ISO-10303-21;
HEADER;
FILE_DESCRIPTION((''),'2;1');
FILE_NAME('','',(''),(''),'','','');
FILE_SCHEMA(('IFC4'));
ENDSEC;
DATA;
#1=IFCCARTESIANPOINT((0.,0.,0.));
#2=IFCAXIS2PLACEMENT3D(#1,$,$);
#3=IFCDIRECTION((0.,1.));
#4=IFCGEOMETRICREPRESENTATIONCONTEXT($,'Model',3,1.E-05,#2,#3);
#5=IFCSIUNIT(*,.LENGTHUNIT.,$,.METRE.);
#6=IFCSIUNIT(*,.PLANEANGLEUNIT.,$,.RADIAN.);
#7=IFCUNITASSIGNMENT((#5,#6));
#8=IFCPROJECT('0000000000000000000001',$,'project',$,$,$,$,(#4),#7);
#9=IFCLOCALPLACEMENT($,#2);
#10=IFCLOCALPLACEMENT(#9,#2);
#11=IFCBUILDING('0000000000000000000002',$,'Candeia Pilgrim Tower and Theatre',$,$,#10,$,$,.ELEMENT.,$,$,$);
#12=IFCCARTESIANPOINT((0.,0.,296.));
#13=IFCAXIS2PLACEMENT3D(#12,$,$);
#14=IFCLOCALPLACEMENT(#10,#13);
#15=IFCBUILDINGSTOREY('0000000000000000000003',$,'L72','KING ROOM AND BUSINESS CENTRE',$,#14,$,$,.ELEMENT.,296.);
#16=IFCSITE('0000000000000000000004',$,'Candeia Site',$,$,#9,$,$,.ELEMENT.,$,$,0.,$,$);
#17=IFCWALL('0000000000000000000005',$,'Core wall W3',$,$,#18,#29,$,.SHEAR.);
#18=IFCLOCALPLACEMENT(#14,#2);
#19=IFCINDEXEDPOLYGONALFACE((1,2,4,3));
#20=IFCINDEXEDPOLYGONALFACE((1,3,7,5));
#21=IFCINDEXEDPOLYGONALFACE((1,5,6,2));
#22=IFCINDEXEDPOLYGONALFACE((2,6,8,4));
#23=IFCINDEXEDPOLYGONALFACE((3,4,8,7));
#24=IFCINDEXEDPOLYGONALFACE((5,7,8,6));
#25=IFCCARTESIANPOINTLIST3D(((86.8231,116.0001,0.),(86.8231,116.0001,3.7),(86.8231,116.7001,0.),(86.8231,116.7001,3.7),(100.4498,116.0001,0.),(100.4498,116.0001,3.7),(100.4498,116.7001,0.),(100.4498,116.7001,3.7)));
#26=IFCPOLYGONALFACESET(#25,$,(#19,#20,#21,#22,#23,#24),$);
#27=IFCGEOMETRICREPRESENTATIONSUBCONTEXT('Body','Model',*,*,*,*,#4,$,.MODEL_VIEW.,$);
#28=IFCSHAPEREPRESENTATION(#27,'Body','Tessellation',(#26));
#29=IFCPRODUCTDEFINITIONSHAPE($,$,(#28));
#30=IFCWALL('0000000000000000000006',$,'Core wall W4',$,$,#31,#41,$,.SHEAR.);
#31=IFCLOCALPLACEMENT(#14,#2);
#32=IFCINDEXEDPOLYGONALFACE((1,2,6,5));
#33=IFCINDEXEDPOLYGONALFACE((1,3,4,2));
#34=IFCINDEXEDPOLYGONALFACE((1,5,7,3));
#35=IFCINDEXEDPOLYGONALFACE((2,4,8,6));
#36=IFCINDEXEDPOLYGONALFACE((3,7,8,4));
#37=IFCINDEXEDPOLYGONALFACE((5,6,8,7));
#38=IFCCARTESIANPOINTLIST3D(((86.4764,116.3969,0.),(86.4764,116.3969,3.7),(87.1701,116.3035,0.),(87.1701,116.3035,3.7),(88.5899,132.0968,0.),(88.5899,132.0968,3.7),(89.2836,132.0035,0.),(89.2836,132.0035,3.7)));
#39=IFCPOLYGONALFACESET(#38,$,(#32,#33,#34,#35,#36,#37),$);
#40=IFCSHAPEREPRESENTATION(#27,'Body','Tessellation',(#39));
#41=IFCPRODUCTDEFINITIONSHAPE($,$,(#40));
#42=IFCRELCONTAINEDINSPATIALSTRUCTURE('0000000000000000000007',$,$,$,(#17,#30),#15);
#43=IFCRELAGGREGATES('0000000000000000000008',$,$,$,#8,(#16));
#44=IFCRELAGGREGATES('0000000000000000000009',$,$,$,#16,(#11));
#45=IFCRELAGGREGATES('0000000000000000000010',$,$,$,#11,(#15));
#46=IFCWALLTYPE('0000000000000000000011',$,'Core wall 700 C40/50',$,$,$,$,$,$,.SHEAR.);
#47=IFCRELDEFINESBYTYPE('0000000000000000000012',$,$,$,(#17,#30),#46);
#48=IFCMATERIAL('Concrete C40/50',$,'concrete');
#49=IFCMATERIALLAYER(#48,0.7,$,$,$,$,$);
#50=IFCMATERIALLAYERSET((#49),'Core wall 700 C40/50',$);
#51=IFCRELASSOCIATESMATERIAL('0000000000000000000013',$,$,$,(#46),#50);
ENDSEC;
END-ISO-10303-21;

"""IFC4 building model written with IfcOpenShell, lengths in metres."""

from ifc_helpers import new_model, si_unit, direction, frame, frame_2d, origin, place, context, subcontext, project, spatial, rectangle, extrude, material, layer, layer_set, type_object, element, save


model = new_model("IFC4")

# Units and contexts
model_context = context("Model", 3, precision=1e-05, world=origin(), true_north=direction((0.0, 1.0)))
body_context = subcontext(model_context, "Body", "Model", "MODEL_VIEW")
ifc_project = project(units=[si_unit("LENGTHUNIT", "METRE"), si_unit("PLANEANGLEUNIT", "RADIAN")], contexts=[model_context])

# Site, building, storey
site_placement = place(None, origin())
site = spatial("IfcSite", under=ifc_project, at=site_placement, Name="Candeia Site", CompositionType="ELEMENT", RefElevation=0.0)
building_placement = place(site_placement, origin())
building = spatial("IfcBuilding", under=site, at=building_placement, Name="Candeia Pilgrim Tower and Theatre", CompositionType="ELEMENT")
storey_placement = place(building_placement, frame((0.0, 0.0, 296.0)))
storey = spatial("IfcBuildingStorey", under=building, at=storey_placement, Name="L72", Description="KING ROOM AND BUSINESS CENTRE", CompositionType="ELEMENT", Elevation=296.0)

# Walls
ifc_material_1 = material(Name="Concrete C40/50", Category="concrete")
ifc_layer_1 = layer(ifc_material_1, 0.7)
ifc_layer_set_1 = layer_set([ifc_layer_1], Name="Core wall 700 C40/50")
wall_type_1 = type_object("IfcWallType", Name="Core wall 700 C40/50", PredefinedType="SHEAR", material=ifc_layer_set_1)
wall_1_placement = place(storey_placement, frame((100.45, 116.3501, 0.0), z_axis=(0.0, 0.0, 1.0), x_axis=(-1.0, 0.0, 0.0)))
element("IfcWall", 1, at=wall_1_placement, inside=storey, type_object=wall_type_1, Name="Core wall W3", PredefinedType="SHEAR", context=body_context, shape_type="SweptSolid", body=[
    extrude(rectangle(XDim=13.6267, YDim=0.7, at=frame_2d((6.8135, 0.0))), origin(), (0.0, 0.0, 1.0), 3.7),
])
wall_2_placement = place(storey_placement, frame((86.8232, 116.3501, 0.0), z_axis=(0.0, 0.0, 1.0), x_axis=(0.133416, 0.99106, 0.0)))
element("IfcWall", 2, at=wall_2_placement, inside=storey, type_object=wall_type_1, Name="Core wall W4", PredefinedType="SHEAR", context=body_context, shape_type="SweptSolid", body=[
    extrude(rectangle(XDim=15.8416, YDim=0.7, at=frame_2d((7.9209, 0.0))), origin(), (0.0, 0.0, 1.0), 3.7),
])

save(model, "model.ifc")
